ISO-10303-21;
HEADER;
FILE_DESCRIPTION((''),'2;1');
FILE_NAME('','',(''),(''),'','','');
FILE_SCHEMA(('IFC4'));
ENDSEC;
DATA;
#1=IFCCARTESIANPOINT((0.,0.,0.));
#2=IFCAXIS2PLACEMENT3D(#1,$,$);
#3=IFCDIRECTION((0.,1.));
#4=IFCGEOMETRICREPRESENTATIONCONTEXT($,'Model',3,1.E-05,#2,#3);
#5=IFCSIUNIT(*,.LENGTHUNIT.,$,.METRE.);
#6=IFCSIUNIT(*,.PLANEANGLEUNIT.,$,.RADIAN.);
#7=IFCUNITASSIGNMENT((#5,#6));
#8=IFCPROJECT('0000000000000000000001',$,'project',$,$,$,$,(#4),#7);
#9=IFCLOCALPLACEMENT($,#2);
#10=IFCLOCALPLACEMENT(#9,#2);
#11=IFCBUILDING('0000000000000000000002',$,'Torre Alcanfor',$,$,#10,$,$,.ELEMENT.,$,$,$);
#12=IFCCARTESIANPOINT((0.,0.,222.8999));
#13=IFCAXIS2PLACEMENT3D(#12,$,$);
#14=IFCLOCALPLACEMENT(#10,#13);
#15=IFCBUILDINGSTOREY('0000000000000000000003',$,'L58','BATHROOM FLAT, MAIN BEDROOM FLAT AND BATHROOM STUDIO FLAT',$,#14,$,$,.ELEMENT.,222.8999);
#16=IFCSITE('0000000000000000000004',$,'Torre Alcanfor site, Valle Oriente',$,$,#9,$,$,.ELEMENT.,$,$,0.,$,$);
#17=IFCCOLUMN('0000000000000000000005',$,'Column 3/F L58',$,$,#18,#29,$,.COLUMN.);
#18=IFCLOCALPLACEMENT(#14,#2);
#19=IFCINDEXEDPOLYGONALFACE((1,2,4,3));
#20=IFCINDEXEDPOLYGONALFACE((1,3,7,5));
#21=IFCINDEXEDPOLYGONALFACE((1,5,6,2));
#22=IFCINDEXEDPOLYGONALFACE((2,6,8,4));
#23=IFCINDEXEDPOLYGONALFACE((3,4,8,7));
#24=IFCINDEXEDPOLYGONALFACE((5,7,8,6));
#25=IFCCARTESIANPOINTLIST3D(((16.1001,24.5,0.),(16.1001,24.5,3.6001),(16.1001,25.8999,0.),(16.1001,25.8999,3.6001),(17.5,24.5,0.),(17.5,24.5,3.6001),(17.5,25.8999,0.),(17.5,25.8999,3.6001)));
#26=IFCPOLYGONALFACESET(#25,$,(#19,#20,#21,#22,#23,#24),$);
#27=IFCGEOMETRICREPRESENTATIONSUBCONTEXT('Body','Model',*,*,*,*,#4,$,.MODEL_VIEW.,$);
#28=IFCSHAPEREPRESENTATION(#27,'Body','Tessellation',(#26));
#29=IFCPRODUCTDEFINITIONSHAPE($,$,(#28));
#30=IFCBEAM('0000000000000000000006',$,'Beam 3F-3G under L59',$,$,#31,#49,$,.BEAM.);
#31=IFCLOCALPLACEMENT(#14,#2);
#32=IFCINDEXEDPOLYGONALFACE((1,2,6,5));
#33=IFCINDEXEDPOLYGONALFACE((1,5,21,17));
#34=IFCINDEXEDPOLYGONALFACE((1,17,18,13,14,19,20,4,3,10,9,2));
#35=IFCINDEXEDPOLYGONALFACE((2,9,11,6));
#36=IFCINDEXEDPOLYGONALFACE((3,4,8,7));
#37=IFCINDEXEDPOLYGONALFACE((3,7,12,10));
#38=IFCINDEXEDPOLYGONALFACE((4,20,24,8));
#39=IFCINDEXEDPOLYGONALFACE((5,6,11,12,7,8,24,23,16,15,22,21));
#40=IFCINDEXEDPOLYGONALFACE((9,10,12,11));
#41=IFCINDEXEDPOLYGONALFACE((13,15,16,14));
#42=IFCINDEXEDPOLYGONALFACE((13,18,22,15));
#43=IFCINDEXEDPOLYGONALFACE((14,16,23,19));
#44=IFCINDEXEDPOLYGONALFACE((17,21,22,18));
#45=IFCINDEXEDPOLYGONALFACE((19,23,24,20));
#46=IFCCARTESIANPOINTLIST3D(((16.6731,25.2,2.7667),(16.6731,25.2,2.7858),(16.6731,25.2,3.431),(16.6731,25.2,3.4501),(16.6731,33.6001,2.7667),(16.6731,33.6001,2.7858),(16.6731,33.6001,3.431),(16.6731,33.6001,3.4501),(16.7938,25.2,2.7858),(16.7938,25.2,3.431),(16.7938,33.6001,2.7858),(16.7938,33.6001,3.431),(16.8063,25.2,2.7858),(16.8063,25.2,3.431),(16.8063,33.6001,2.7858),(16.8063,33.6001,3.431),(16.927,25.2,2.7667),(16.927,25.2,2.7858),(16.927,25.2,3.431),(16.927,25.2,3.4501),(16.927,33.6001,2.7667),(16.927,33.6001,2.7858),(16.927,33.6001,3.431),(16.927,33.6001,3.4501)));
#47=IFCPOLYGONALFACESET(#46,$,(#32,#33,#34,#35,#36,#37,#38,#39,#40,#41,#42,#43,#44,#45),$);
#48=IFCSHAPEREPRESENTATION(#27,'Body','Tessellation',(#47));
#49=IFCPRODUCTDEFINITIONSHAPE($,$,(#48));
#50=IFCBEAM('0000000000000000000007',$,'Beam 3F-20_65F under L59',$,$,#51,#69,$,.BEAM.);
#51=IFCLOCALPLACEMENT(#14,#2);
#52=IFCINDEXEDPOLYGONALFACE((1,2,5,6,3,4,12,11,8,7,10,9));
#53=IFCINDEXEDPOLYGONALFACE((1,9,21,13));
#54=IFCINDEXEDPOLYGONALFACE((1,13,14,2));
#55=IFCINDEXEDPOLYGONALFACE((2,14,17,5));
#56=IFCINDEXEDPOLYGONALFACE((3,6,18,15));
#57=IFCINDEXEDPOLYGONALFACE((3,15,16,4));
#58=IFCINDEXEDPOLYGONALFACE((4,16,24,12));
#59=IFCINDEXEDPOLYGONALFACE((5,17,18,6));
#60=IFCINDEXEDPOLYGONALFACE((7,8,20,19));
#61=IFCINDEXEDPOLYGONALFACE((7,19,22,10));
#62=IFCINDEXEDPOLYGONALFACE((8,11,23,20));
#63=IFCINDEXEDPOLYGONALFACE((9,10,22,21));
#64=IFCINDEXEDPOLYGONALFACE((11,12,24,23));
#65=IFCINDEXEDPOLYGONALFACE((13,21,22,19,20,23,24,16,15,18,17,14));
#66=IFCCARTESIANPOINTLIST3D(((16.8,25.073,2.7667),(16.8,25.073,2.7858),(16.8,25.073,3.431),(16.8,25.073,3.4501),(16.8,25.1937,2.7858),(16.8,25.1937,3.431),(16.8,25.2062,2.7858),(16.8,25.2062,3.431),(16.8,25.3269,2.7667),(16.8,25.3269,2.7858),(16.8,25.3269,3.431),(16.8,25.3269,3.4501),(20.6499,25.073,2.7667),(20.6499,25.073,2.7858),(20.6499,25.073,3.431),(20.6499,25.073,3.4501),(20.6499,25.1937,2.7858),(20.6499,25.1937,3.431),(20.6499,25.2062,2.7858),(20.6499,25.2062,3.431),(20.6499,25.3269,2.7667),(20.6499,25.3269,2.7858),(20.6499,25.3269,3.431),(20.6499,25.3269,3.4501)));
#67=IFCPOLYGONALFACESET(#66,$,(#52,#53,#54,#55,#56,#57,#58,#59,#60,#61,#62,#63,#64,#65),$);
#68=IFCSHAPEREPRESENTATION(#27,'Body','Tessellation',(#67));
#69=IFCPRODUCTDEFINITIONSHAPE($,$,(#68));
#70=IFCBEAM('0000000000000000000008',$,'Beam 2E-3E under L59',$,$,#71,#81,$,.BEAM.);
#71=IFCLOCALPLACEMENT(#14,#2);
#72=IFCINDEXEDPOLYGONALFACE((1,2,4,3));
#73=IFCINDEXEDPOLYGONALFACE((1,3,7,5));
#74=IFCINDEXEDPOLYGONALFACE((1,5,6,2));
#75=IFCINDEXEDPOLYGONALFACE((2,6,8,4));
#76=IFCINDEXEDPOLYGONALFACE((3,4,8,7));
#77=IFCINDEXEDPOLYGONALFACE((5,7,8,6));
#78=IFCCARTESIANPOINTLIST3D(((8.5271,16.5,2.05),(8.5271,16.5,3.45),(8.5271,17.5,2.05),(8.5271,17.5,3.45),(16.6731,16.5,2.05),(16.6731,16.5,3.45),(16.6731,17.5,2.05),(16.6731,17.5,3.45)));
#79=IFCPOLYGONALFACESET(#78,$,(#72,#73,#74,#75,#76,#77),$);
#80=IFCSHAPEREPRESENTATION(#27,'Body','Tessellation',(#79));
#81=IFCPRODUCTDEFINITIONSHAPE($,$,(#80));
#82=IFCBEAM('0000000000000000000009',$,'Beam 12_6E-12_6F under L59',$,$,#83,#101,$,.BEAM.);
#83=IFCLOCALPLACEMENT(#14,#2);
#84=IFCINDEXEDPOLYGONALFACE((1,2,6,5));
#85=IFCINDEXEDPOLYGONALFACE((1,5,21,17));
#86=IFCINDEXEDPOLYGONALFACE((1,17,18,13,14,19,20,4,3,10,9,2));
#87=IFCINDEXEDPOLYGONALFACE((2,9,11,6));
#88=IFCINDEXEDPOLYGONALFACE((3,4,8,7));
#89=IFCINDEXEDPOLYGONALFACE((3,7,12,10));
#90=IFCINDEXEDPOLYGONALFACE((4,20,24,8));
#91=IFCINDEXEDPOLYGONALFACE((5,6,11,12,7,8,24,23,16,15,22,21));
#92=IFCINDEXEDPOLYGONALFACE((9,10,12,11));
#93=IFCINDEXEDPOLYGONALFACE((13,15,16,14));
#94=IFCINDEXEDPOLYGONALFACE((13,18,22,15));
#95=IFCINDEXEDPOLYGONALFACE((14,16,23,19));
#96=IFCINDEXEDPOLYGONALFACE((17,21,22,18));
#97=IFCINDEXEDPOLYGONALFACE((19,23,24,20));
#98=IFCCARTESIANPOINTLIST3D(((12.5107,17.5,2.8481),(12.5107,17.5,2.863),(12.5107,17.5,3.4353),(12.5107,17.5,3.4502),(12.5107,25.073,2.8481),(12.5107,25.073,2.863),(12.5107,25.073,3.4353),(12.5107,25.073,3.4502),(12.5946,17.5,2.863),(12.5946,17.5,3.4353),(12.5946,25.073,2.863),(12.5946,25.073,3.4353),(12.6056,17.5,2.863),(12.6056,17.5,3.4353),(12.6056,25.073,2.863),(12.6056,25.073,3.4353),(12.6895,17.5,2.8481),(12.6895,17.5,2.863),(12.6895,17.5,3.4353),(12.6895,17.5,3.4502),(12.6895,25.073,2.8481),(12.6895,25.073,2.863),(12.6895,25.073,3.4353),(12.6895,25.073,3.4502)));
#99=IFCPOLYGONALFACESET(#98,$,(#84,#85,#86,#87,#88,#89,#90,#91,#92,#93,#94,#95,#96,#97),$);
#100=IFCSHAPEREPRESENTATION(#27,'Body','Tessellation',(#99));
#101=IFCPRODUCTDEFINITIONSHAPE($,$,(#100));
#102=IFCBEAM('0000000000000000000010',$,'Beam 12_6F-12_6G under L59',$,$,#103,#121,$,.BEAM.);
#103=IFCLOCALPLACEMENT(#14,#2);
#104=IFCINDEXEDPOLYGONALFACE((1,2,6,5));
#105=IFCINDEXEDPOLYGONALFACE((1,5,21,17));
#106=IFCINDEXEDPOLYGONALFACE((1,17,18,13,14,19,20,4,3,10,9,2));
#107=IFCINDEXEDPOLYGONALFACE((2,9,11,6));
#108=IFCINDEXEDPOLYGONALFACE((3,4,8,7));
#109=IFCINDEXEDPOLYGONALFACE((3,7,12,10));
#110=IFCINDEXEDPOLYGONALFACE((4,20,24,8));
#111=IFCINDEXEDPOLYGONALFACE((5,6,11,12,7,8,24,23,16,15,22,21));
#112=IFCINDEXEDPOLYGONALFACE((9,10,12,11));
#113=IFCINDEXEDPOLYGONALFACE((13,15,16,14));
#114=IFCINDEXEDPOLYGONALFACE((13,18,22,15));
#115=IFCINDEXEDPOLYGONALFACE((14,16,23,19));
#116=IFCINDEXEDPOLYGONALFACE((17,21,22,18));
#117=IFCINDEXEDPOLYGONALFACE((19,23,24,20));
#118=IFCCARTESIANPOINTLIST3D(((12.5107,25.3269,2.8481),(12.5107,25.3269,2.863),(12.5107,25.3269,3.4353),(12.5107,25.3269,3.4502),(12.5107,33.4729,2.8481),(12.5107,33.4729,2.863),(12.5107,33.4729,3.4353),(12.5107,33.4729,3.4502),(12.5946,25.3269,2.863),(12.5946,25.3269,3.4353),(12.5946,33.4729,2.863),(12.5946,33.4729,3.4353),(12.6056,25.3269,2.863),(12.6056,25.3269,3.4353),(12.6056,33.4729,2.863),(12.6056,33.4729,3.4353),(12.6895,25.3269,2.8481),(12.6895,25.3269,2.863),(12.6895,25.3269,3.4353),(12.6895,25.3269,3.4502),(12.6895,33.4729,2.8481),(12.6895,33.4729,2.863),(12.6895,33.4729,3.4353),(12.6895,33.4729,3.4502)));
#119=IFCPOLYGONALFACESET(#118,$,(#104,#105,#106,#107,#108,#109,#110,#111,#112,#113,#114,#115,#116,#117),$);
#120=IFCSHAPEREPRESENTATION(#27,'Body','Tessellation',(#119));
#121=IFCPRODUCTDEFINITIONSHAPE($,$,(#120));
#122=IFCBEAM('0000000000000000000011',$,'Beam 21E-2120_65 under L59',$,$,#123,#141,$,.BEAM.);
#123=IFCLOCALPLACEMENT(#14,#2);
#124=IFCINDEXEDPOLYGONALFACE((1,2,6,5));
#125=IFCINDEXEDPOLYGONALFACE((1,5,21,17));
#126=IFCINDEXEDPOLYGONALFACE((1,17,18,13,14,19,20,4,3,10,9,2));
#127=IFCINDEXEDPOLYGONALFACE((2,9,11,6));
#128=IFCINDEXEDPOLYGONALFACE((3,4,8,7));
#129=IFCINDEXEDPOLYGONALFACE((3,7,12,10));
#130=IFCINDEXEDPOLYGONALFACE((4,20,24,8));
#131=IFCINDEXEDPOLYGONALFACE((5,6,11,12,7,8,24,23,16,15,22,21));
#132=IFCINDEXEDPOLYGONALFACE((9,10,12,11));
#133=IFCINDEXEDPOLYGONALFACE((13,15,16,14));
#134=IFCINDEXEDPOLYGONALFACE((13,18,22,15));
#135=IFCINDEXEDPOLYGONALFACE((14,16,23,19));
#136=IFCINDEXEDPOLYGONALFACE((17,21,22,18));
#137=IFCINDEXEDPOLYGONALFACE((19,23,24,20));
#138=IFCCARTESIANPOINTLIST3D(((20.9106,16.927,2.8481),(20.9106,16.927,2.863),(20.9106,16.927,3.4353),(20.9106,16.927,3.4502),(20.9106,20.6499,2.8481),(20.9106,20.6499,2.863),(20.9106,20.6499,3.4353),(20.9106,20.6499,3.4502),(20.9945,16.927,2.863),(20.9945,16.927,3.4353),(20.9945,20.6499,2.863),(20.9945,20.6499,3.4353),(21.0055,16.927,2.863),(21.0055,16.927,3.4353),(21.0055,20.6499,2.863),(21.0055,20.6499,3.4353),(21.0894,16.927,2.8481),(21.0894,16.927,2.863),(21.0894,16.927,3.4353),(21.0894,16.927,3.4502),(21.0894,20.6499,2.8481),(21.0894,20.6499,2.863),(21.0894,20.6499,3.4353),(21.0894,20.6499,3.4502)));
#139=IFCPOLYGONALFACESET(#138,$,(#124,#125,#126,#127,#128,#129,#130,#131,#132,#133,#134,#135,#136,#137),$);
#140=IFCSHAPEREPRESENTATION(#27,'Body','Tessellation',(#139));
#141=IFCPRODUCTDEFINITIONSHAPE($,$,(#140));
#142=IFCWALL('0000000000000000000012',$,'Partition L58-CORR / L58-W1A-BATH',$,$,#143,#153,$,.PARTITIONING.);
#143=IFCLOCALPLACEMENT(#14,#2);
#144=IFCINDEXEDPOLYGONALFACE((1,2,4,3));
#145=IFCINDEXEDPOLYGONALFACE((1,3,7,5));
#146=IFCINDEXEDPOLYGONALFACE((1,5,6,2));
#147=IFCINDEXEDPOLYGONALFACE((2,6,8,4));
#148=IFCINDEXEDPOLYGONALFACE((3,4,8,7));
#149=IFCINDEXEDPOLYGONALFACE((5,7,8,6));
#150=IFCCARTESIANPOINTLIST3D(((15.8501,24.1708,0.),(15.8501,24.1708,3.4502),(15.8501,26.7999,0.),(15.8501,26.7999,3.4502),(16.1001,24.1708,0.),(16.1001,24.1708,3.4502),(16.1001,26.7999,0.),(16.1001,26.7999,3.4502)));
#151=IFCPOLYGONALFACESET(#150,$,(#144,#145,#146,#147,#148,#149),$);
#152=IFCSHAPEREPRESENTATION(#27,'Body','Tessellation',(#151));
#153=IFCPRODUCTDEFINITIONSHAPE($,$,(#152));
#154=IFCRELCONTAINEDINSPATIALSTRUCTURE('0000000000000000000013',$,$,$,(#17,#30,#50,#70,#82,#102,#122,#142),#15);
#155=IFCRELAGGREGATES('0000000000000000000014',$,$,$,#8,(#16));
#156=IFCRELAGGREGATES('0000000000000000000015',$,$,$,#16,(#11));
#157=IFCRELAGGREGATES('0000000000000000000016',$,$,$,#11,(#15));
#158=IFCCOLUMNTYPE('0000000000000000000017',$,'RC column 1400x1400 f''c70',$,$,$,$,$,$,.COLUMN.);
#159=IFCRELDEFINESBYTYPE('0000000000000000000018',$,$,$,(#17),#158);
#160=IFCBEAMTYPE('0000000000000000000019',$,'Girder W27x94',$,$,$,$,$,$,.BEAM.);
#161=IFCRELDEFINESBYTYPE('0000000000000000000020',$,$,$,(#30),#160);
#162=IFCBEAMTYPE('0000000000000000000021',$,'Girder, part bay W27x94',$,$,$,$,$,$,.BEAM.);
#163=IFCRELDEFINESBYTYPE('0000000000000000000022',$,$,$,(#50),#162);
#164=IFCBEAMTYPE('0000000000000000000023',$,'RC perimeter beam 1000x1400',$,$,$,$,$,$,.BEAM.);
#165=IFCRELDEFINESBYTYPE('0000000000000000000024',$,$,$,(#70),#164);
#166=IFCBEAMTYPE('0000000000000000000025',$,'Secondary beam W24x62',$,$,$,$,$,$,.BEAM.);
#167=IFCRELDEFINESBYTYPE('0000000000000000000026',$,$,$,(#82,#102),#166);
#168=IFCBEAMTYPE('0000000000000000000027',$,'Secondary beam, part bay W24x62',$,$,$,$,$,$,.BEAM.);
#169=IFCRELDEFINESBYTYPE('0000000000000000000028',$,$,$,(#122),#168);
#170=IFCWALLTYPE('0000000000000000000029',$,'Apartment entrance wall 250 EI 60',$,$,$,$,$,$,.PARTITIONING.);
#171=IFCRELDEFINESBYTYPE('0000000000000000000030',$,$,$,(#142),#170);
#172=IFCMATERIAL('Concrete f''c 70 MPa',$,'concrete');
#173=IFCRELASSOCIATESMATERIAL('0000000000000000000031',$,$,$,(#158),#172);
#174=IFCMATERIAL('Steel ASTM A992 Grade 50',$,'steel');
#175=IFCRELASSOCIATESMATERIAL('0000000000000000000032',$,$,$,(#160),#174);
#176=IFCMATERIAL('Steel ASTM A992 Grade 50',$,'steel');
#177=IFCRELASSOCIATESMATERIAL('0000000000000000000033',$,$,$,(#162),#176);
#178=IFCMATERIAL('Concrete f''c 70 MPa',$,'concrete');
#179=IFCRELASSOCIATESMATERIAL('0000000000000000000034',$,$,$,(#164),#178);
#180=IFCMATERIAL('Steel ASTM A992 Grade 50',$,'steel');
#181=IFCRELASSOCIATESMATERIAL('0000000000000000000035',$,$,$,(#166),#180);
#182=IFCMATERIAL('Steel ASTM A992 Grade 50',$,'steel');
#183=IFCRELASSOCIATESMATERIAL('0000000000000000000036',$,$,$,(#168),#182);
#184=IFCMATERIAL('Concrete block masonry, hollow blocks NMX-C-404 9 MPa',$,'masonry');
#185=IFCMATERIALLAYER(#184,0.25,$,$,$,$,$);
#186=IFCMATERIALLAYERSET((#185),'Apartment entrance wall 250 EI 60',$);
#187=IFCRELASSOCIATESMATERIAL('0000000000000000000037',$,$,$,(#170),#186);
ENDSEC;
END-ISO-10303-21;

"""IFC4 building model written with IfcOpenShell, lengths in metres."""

from ifc_helpers import new_model, si_unit, direction, frame, frame_2d, origin, origin_2d, place, context, subcontext, project, spatial, rectangle, i_section, extrude, material, layer, layer_set, material_profile, profile_set, type_object, element, save


model = new_model("IFC4")

# Units and contexts
model_context = context("Model", 3, precision=1e-05, world=origin(), true_north=direction((0.0, 1.0)))
body_context = subcontext(model_context, "Body", "Model", "MODEL_VIEW")
ifc_project = project(units=[si_unit("LENGTHUNIT", "METRE"), si_unit("PLANEANGLEUNIT", "RADIAN")], contexts=[model_context])

# Site, building, storey
site_placement = place(None, origin())
site = spatial("IfcSite", under=ifc_project, at=site_placement, Name="Torre Alcanfor site, Valle Oriente", CompositionType="ELEMENT", RefElevation=0.0)
building_placement = place(site_placement, origin())
building = spatial("IfcBuilding", under=site, at=building_placement, Name="Torre Alcanfor", CompositionType="ELEMENT")
storey_placement = place(building_placement, frame((0.0, 0.0, 222.8999)))
storey = spatial("IfcBuildingStorey", under=building, at=storey_placement, Name="L58", Description="BATHROOM FLAT, MAIN BEDROOM FLAT AND BATHROOM STUDIO FLAT", CompositionType="ELEMENT", Elevation=222.8999)

# Column
ifc_material_1 = material(Name="Concrete f'c 70 MPa", Category="concrete")
ifc_material_profile_1 = material_profile(ifc_material_1, rectangle(XDim=1.3999, YDim=1.3999, at=origin_2d()), Name="1400x1400")
ifc_profile_set_1 = profile_set([ifc_material_profile_1], Name="Concrete f'c 70 MPa")
column_type = type_object("IfcColumnType", Name="RC column 1400x1400 f'c70", PredefinedType="COLUMN", material=ifc_profile_set_1)
column_placement = place(storey_placement, frame((16.8, 25.2, 0.0), z_axis=(0.0, 0.0, 1.0), x_axis=(1.0, 0.0, 0.0)))
element("IfcColumn", 1, at=column_placement, inside=storey, type_object=column_type, Name="Column 3/F L58", PredefinedType="COLUMN", context=body_context, shape_type="SweptSolid", body=[
    extrude(rectangle(XDim=1.3999, YDim=1.3999, at=origin_2d()), origin(), (0.0, 0.0, 1.0), 3.6001),
])

# Beams
ifc_material_2 = material(Name="Steel ASTM A992 Grade 50", Category="steel")
ifc_material_profile_2 = material_profile(ifc_material_2, i_section(OverallWidth=0.2539, OverallDepth=0.6833, WebThickness=0.0125, FlangeThickness=0.019, at=origin_2d()), Name="W27x94")
ifc_profile_set_2 = profile_set([ifc_material_profile_2], Name="Steel ASTM A992 Grade 50")
beam_type_1 = type_object("IfcBeamType", Name="Girder W27x94", PredefinedType="BEAM", material=ifc_profile_set_2)
beam_1_placement = place(storey_placement, frame((16.8, 25.2, 3.1084), z_axis=(0.0, 1.0, 0.0), x_axis=(-1.0, 0.0, 0.0)))
element("IfcBeam", 2, at=beam_1_placement, inside=storey, type_object=beam_type_1, Name="Beam 3F-3G under L59", PredefinedType="BEAM", context=body_context, shape_type="SweptSolid", body=[
    extrude(i_section(OverallWidth=0.2539, OverallDepth=0.6833, WebThickness=0.0125, FlangeThickness=0.019, at=origin_2d()), origin(), (0.0, 0.0, 1.0), 8.4001),
])
ifc_material_3 = material(Name="Steel ASTM A992 Grade 50", Category="steel")
ifc_material_profile_3 = material_profile(ifc_material_3, i_section(OverallWidth=0.2539, OverallDepth=0.6833, WebThickness=0.0125, FlangeThickness=0.019, at=origin_2d()), Name="W27x94")
ifc_profile_set_3 = profile_set([ifc_material_profile_3], Name="Steel ASTM A992 Grade 50")
beam_type_2 = type_object("IfcBeamType", Name="Girder, part bay W27x94", PredefinedType="BEAM", material=ifc_profile_set_3)
beam_2_placement = place(storey_placement, frame((16.8, 25.2, 3.1084), z_axis=(1.0, 0.0, 0.0), x_axis=(0.0, 1.0, 0.0)))
element("IfcBeam", 3, at=beam_2_placement, inside=storey, type_object=beam_type_2, Name="Beam 3F-20_65F under L59", PredefinedType="BEAM", context=body_context, shape_type="SweptSolid", body=[
    extrude(i_section(OverallWidth=0.2539, OverallDepth=0.6833, WebThickness=0.0125, FlangeThickness=0.019, at=origin_2d()), origin(), (0.0, 0.0, 1.0), 3.8499),
])
ifc_material_4 = material(Name="Concrete f'c 70 MPa", Category="concrete")
ifc_material_profile_4 = material_profile(ifc_material_4, rectangle(XDim=1.0, YDim=1.3999, at=origin_2d()), Name="1000x1400")
ifc_profile_set_4 = profile_set([ifc_material_profile_4], Name="Concrete f'c 70 MPa")
beam_type_3 = type_object("IfcBeamType", Name="RC perimeter beam 1000x1400", PredefinedType="BEAM", material=ifc_profile_set_4)
beam_3_placement = place(storey_placement, frame((8.5271, 17.0, 2.75), z_axis=(1.0, 0.0, 0.0), x_axis=(0.0, 1.0, 0.0)))
element("IfcBeam", 4, at=beam_3_placement, inside=storey, type_object=beam_type_3, Name="Beam 2E-3E under L59", PredefinedType="BEAM", context=body_context, shape_type="SweptSolid", body=[
    extrude(rectangle(XDim=1.0, YDim=1.3999, at=origin_2d()), origin(), (0.0, 0.0, 1.0), 8.146),
])
ifc_material_5 = material(Name="Steel ASTM A992 Grade 50", Category="steel")
ifc_material_profile_5 = material_profile(ifc_material_5, i_section(OverallWidth=0.1787, OverallDepth=0.6021, WebThickness=0.011, FlangeThickness=0.0149, at=origin_2d()), Name="W24x62")
ifc_profile_set_5 = profile_set([ifc_material_profile_5], Name="Steel ASTM A992 Grade 50")
beam_type_4 = type_object("IfcBeamType", Name="Secondary beam W24x62", PredefinedType="BEAM", material=ifc_profile_set_5)
beam_4_placement = place(storey_placement, frame((12.6001, 17.5, 3.1492), z_axis=(0.0, 1.0, 0.0), x_axis=(-1.0, 0.0, 0.0)))
element("IfcBeam", 5, at=beam_4_placement, inside=storey, type_object=beam_type_4, Name="Beam 12_6E-12_6F under L59", PredefinedType="BEAM", context=body_context, shape_type="SweptSolid", body=[
    extrude(i_section(OverallWidth=0.1787, OverallDepth=0.6021, WebThickness=0.011, FlangeThickness=0.0149, at=origin_2d()), origin(), (0.0, 0.0, 1.0), 7.573),
])
beam_5_placement = place(storey_placement, frame((12.6001, 25.3269, 3.1492), z_axis=(0.0, 1.0, 0.0), x_axis=(-1.0, 0.0, 0.0)))
element("IfcBeam", 6, at=beam_5_placement, inside=storey, type_object=beam_type_4, Name="Beam 12_6F-12_6G under L59", PredefinedType="BEAM", context=body_context, shape_type="SweptSolid", body=[
    extrude(i_section(OverallWidth=0.1787, OverallDepth=0.6021, WebThickness=0.011, FlangeThickness=0.0149, at=origin_2d()), origin(), (0.0, 0.0, 1.0), 8.146),
])
ifc_material_6 = material(Name="Steel ASTM A992 Grade 50", Category="steel")
ifc_material_profile_6 = material_profile(ifc_material_6, i_section(OverallWidth=0.1787, OverallDepth=0.6021, WebThickness=0.011, FlangeThickness=0.0149, at=origin_2d()), Name="W24x62")
ifc_profile_set_6 = profile_set([ifc_material_profile_6], Name="Steel ASTM A992 Grade 50")
beam_type_5 = type_object("IfcBeamType", Name="Secondary beam, part bay W24x62", PredefinedType="BEAM", material=ifc_profile_set_6)
beam_6_placement = place(storey_placement, frame((21.0, 16.927, 3.1492), z_axis=(0.0, 1.0, 0.0), x_axis=(-1.0, 0.0, 0.0)))
element("IfcBeam", 7, at=beam_6_placement, inside=storey, type_object=beam_type_5, Name="Beam 21E-2120_65 under L59", PredefinedType="BEAM", context=body_context, shape_type="SweptSolid", body=[
    extrude(i_section(OverallWidth=0.1787, OverallDepth=0.6021, WebThickness=0.011, FlangeThickness=0.0149, at=origin_2d()), origin(), (0.0, 0.0, 1.0), 3.7229),
])

# Wall
ifc_material_7 = material(Name="Concrete block masonry, hollow blocks NMX-C-404 9 MPa", Category="masonry")
ifc_layer_1 = layer(ifc_material_7, 0.25)
ifc_layer_set_1 = layer_set([ifc_layer_1], Name="Apartment entrance wall 250 EI 60")
wall_type_1 = type_object("IfcWallType", Name="Apartment entrance wall 250 EI 60", PredefinedType="PARTITIONING", material=ifc_layer_set_1)
wall_1_placement = place(storey_placement, frame((15.9751, 24.1709, 0.0), z_axis=(0.0, 0.0, 1.0), x_axis=(0.0, 1.0, 0.0)))
element("IfcWall", 8, at=wall_1_placement, inside=storey, type_object=wall_type_1, Name="Partition L58-CORR / L58-W1A-BATH", PredefinedType="PARTITIONING", context=body_context, shape_type="SweptSolid", body=[
    extrude(rectangle(XDim=2.6292, YDim=0.25, at=frame_2d((1.3145, 0.0))), origin(), (0.0, 0.0, 1.0), 3.4502),
])

save(model, "model.ifc")
